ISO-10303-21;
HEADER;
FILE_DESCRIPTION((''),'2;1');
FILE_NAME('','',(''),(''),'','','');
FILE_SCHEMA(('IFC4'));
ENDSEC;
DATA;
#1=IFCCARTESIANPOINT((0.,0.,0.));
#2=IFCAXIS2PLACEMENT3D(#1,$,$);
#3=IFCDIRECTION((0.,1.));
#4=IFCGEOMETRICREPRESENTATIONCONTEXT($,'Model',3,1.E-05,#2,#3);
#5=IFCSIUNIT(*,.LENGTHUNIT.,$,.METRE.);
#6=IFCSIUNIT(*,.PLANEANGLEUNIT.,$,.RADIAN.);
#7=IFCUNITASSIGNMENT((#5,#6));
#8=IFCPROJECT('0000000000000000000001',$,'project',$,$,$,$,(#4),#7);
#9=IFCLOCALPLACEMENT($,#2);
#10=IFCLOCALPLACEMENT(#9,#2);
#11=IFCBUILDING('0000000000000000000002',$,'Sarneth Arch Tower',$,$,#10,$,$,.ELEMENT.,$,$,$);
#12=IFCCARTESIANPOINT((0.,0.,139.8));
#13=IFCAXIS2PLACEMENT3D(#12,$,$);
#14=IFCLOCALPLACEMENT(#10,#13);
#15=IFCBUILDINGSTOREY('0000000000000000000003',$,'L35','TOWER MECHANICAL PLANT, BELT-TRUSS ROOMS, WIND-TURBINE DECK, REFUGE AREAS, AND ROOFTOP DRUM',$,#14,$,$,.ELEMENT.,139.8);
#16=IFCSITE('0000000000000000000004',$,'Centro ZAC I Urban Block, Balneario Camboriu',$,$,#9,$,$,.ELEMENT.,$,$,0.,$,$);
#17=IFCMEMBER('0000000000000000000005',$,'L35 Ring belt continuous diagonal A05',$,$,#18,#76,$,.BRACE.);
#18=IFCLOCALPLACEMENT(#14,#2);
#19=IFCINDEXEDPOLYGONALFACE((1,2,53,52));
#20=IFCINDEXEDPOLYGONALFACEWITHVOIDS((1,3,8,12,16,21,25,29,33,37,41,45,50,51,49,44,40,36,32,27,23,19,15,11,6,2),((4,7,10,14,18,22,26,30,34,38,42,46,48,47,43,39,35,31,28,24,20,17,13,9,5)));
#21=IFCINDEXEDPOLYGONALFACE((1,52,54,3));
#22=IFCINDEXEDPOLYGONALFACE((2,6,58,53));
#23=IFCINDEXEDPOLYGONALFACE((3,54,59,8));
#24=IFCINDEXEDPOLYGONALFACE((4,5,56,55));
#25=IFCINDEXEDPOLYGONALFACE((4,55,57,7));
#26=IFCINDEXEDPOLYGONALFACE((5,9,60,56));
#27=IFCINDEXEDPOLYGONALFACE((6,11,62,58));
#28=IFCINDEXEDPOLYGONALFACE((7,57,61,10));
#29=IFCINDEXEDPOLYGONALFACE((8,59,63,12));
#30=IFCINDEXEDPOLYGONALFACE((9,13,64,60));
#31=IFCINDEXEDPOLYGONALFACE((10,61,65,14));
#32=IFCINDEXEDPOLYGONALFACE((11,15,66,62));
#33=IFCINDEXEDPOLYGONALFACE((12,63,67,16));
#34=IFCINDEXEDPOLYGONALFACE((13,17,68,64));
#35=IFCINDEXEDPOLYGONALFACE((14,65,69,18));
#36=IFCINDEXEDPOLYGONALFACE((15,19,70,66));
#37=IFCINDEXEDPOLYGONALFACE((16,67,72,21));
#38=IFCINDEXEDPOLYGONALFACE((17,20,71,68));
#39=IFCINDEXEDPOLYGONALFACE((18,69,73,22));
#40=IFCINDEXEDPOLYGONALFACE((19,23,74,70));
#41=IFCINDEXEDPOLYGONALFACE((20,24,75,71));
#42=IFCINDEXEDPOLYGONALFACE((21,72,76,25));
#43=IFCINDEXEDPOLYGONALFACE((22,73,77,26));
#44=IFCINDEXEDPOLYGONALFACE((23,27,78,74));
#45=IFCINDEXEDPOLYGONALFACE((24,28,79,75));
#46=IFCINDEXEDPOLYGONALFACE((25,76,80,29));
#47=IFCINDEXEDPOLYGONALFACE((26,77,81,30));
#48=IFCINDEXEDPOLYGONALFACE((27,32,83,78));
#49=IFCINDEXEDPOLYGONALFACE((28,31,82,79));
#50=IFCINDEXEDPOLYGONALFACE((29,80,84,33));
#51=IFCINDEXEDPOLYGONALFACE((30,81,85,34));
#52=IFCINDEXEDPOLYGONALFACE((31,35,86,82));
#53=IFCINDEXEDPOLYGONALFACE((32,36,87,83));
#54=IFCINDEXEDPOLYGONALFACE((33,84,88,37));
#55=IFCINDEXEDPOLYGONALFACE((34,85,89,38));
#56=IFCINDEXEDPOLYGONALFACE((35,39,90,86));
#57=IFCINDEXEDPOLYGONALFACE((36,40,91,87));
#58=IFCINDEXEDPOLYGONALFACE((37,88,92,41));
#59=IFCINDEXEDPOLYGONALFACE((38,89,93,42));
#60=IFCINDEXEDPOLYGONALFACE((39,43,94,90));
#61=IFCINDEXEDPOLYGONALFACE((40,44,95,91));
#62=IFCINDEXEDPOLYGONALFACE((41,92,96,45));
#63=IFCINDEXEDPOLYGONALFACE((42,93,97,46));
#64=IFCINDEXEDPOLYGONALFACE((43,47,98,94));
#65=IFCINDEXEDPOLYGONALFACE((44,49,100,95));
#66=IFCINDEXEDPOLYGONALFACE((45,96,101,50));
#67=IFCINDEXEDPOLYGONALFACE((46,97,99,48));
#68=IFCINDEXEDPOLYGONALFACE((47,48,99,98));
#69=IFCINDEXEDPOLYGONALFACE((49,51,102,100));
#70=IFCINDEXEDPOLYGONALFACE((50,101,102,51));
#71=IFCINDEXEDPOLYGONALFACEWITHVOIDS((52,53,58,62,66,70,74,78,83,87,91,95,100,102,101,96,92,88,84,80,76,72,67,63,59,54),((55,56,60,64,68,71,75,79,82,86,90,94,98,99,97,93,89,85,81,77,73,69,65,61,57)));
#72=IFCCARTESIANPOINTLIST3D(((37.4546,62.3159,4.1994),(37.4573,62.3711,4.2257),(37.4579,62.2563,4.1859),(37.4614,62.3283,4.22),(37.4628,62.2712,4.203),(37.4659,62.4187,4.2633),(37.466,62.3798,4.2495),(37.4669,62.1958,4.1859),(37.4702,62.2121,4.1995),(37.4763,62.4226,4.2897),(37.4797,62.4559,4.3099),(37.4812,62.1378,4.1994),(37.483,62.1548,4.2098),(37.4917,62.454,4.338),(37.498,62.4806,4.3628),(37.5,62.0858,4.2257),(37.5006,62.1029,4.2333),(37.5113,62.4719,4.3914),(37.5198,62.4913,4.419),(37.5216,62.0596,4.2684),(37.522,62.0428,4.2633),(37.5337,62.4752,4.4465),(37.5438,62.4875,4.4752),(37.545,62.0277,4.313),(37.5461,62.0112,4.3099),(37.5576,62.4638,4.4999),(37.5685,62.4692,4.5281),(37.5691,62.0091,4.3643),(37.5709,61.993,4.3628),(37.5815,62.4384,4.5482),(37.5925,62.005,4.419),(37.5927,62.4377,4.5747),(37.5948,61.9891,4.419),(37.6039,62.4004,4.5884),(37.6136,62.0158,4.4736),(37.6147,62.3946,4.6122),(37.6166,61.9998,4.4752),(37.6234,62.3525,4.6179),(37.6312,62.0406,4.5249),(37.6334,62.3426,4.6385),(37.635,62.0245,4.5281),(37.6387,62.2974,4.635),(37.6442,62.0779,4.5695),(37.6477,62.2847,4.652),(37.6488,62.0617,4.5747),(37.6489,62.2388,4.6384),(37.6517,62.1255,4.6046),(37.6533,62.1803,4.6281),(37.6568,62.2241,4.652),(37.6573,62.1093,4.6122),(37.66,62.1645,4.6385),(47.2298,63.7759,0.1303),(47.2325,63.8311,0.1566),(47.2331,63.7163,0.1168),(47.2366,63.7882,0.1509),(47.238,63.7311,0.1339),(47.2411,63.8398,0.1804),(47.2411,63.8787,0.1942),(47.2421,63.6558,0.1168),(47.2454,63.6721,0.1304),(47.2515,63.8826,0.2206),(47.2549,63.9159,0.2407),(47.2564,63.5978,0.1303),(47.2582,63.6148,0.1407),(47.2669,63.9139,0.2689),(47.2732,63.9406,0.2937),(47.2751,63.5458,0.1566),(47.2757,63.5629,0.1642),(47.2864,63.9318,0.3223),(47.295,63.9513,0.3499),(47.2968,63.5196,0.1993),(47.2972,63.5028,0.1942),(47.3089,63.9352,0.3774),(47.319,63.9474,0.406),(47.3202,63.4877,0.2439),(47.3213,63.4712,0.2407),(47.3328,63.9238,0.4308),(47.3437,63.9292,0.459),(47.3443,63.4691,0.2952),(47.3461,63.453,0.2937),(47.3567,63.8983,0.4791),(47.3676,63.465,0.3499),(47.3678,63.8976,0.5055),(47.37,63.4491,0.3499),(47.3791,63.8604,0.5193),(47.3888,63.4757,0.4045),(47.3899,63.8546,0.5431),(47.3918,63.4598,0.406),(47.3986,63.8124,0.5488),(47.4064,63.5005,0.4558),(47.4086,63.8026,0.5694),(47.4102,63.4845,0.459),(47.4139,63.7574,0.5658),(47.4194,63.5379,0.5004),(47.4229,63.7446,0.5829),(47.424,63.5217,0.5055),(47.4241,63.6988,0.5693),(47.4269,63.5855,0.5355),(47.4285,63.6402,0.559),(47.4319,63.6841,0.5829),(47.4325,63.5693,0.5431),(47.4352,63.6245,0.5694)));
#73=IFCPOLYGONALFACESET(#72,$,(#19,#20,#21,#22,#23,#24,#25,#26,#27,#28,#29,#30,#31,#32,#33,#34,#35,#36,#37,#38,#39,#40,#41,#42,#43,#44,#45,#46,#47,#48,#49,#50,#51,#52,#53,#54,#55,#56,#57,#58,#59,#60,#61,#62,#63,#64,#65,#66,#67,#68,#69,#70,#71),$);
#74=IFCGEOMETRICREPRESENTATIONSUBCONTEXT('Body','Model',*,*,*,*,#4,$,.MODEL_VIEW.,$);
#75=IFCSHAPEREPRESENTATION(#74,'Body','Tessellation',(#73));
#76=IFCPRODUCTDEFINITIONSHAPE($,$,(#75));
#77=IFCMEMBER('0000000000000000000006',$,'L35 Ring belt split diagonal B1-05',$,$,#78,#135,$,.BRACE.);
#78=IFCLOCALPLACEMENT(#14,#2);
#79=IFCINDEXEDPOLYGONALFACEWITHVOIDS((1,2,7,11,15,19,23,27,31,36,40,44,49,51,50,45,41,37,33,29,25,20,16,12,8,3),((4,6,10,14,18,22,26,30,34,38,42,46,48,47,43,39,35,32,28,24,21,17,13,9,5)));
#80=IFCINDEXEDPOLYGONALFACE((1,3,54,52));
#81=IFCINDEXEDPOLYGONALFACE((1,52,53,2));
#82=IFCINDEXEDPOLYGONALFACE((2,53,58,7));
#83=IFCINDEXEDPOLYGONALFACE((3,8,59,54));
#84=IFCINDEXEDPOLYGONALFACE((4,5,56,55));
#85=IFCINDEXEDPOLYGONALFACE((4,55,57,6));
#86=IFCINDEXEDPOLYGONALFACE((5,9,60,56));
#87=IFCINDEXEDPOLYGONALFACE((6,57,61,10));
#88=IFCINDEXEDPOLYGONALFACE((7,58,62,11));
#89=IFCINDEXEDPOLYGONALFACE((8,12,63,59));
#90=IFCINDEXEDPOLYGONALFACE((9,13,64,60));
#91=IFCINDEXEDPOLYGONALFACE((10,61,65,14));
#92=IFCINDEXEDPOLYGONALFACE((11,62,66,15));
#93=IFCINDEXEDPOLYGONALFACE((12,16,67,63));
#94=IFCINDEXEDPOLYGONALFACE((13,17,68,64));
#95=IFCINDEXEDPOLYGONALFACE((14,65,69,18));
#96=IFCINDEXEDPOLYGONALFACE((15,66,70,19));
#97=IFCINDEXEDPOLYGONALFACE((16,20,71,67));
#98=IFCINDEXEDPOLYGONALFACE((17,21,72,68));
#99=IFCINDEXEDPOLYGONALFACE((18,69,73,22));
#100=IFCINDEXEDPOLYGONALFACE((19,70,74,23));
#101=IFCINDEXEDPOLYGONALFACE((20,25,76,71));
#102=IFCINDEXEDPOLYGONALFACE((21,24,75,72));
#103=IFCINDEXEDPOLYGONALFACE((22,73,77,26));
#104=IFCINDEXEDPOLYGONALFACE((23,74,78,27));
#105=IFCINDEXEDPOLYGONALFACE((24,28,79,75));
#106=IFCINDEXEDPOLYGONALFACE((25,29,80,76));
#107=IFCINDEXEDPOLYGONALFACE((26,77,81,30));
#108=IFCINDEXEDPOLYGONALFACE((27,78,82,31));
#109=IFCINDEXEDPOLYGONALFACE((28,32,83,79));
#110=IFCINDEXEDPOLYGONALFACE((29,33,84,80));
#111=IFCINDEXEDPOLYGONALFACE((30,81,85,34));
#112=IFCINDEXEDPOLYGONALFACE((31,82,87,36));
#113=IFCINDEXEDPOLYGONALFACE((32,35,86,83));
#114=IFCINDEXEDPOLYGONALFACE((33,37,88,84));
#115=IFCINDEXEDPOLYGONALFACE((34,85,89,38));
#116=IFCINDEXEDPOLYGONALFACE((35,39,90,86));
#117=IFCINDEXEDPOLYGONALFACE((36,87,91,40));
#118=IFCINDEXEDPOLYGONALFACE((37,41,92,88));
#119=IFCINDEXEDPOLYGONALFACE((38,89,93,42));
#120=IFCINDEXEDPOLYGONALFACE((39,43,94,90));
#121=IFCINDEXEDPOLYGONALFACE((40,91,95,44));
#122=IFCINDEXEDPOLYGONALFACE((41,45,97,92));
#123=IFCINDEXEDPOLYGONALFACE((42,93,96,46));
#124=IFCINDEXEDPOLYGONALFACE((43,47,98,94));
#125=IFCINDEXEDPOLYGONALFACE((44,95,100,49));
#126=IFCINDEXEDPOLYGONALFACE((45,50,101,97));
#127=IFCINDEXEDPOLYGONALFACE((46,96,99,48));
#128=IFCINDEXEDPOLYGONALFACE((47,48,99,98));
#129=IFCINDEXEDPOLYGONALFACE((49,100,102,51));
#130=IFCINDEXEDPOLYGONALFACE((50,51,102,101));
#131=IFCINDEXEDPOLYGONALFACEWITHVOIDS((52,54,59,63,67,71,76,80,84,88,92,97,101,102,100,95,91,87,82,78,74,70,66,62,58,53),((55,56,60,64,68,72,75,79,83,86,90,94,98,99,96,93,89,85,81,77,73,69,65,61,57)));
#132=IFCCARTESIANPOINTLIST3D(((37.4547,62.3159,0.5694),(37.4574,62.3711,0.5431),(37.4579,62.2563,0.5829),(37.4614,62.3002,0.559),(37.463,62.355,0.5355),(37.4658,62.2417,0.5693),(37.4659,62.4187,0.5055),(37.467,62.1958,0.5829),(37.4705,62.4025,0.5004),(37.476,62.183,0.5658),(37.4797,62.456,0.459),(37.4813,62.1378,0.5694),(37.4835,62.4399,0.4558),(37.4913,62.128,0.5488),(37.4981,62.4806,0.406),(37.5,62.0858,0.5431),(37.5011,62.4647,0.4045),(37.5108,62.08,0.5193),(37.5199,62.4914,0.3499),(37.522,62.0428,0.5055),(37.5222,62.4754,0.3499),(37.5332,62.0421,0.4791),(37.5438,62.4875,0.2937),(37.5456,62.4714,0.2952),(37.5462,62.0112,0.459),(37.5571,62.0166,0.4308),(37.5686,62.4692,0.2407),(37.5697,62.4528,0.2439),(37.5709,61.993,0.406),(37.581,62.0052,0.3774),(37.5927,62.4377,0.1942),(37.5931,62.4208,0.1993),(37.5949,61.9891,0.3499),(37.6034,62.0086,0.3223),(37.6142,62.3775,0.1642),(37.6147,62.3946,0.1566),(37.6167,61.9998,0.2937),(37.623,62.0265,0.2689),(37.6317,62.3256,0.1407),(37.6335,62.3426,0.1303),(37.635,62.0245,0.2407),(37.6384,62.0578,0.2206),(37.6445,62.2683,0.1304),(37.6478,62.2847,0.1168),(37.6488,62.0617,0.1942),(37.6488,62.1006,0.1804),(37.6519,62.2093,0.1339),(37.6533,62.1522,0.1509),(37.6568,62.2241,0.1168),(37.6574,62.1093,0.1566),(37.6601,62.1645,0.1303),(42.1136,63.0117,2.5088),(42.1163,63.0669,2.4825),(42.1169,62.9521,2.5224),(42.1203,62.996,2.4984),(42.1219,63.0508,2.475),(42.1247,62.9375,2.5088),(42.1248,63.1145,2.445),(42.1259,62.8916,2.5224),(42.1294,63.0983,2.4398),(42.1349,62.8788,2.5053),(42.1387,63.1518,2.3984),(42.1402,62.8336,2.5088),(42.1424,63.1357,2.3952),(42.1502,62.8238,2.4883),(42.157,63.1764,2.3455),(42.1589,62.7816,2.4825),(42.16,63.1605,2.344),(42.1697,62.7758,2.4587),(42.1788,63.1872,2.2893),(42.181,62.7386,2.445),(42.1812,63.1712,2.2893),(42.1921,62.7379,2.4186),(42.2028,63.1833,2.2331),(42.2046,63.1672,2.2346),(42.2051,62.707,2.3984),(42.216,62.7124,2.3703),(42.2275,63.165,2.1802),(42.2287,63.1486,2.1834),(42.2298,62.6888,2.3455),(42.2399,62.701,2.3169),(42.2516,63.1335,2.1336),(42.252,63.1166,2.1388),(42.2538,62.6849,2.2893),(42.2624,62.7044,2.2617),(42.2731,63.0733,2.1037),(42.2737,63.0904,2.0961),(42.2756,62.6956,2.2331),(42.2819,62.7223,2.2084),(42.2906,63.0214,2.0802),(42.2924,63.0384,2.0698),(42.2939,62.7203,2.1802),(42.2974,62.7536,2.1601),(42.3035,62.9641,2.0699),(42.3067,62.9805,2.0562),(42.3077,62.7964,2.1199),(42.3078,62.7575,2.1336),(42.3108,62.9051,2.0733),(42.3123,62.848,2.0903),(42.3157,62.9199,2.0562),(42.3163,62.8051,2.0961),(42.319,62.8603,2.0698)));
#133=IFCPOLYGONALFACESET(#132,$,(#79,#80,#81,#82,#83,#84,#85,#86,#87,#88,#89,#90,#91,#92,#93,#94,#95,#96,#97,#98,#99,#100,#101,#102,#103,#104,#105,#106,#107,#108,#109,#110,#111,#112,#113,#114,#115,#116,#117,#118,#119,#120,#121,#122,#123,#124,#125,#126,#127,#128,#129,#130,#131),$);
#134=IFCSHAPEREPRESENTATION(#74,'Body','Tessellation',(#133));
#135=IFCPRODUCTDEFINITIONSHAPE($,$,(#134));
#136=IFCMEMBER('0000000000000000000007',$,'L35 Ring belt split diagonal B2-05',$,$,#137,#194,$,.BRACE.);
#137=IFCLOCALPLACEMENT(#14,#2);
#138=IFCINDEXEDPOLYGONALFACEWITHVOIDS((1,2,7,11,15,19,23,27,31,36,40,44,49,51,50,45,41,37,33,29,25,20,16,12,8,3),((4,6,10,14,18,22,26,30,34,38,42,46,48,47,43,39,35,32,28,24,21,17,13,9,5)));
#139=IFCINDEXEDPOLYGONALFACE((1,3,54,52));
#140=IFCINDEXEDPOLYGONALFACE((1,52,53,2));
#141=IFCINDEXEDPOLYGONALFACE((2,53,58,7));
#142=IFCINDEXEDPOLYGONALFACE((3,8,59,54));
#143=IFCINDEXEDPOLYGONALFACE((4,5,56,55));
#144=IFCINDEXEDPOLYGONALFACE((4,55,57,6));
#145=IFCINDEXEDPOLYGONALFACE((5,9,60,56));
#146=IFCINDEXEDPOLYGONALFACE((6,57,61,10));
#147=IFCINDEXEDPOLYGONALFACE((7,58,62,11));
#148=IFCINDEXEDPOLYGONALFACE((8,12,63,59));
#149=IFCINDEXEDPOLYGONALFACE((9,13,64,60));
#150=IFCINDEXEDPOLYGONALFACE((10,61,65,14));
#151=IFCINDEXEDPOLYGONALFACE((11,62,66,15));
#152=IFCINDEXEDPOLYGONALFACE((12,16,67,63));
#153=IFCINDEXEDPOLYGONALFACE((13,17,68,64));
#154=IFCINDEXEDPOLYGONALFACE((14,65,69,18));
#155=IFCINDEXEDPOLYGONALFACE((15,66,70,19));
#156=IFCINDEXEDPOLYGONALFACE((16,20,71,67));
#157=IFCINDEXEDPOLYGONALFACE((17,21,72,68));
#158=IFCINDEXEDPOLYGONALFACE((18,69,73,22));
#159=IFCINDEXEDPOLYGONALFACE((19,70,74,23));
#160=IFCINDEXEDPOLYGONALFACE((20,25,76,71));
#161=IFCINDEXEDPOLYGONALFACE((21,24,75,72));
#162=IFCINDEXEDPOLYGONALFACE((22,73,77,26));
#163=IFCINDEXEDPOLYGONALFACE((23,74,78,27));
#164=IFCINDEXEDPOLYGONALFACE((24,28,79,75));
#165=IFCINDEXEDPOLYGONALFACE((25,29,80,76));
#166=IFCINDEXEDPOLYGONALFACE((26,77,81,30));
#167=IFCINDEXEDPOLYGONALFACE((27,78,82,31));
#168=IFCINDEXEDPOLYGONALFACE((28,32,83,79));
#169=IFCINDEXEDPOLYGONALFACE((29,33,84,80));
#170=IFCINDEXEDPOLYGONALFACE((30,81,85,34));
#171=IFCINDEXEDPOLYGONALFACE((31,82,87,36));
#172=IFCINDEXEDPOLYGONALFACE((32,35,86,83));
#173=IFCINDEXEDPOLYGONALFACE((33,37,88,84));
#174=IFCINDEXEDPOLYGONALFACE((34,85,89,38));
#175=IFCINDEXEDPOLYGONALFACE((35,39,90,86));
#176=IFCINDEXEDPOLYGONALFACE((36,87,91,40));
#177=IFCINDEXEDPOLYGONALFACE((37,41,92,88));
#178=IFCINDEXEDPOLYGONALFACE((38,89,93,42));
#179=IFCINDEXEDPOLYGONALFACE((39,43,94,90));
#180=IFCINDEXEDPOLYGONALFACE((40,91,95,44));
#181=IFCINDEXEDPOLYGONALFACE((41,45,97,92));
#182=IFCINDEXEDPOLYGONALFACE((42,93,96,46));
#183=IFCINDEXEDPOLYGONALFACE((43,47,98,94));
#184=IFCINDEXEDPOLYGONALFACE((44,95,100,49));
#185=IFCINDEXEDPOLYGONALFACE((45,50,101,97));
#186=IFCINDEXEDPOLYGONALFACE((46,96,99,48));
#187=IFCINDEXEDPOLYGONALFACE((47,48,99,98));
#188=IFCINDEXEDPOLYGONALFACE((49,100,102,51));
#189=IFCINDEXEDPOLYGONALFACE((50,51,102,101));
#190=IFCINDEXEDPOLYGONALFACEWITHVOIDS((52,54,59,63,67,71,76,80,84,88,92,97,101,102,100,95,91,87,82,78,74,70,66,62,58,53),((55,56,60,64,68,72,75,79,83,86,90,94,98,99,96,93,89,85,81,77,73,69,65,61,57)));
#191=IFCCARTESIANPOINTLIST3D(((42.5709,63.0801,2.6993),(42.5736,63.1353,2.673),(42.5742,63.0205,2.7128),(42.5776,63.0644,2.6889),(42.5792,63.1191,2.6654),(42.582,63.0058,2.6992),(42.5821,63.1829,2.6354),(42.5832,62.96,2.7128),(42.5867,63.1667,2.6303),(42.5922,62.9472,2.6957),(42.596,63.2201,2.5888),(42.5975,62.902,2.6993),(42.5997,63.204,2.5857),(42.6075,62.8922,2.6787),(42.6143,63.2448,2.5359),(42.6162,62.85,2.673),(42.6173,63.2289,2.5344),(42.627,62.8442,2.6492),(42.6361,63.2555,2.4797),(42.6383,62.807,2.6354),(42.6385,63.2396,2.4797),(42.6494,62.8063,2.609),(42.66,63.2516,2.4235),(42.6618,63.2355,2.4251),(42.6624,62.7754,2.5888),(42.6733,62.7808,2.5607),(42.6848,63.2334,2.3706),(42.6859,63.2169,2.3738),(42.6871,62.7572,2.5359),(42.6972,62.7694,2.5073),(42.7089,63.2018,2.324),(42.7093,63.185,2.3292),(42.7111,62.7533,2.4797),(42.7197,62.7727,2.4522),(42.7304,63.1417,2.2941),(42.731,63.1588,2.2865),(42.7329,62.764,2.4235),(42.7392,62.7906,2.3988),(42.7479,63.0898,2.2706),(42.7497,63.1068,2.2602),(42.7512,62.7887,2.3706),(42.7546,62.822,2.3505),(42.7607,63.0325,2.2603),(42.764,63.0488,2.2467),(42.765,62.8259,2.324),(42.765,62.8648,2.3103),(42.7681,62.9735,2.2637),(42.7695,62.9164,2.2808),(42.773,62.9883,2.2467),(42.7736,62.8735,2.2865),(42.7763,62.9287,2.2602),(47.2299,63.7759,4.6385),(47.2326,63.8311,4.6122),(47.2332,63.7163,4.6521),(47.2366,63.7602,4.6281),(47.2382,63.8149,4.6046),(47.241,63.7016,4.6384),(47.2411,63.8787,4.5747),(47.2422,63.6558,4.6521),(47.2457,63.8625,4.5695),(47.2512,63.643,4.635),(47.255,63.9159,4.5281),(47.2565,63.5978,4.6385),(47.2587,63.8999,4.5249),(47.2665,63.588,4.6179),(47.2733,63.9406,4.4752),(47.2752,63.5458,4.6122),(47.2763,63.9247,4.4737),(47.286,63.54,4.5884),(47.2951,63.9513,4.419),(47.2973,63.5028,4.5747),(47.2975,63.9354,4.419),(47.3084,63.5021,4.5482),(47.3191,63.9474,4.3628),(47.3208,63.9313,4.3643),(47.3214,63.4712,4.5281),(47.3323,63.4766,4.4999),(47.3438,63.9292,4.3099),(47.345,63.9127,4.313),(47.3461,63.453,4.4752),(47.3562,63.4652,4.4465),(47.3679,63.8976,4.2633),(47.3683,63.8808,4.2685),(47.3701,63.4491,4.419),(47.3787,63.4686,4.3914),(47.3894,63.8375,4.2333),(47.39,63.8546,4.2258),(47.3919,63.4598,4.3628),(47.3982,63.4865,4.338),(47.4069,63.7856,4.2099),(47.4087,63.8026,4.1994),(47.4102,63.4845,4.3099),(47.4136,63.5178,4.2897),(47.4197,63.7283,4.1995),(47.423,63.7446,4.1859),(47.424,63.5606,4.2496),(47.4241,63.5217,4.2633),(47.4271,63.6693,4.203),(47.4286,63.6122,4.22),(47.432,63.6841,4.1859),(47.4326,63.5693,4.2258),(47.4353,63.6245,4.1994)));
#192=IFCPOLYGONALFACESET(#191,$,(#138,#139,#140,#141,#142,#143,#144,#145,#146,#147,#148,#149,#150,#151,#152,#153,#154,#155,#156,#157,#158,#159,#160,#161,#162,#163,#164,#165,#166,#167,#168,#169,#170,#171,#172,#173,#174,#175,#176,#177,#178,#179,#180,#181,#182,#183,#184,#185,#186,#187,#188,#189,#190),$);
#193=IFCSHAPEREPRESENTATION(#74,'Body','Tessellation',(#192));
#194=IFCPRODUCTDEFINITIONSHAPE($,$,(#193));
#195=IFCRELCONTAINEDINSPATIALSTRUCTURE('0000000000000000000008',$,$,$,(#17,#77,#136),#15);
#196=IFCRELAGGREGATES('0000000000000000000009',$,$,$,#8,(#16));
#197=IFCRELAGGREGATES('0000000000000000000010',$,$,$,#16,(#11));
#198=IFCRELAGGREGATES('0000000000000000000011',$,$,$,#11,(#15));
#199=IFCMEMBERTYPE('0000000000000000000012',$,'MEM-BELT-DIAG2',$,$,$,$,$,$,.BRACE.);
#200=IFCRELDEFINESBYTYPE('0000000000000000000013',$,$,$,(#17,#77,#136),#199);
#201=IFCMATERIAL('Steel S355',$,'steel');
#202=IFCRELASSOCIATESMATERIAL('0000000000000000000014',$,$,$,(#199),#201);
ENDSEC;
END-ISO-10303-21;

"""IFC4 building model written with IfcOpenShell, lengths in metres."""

from ifc_helpers import new_model, si_unit, direction, frame, origin, origin_2d, place, context, subcontext, project, spatial, hollow_circle, extrude, material, material_profile, profile_set, type_object, element, save


model = new_model("IFC4")

# Units and contexts
model_context = context("Model", 3, precision=1e-05, world=origin(), true_north=direction((0.0, 1.0)))
body_context = subcontext(model_context, "Body", "Model", "MODEL_VIEW")
ifc_project = project(units=[si_unit("LENGTHUNIT", "METRE"), si_unit("PLANEANGLEUNIT", "RADIAN")], contexts=[model_context])

# Site, building, storey
site_placement = place(None, origin())
site = spatial("IfcSite", under=ifc_project, at=site_placement, Name="Centro ZAC I Urban Block, Balneario Camboriu", CompositionType="ELEMENT", RefElevation=0.0)
building_placement = place(site_placement, origin())
building = spatial("IfcBuilding", under=site, at=building_placement, Name="Sarneth Arch Tower", CompositionType="ELEMENT")
storey_placement = place(building_placement, frame((0.0, 0.0, 139.8)))
storey = spatial("IfcBuildingStorey", under=building, at=storey_placement, Name="L35", Description="TOWER MECHANICAL PLANT, BELT-TRUSS ROOMS, WIND-TURBINE DECK, REFUGE AREAS, AND ROOFTOP DRUM", CompositionType="ELEMENT", Elevation=139.8)

# Members
ifc_material_1 = material(Name="Steel S355", Category="steel")
ifc_material_profile_1 = material_profile(ifc_material_1, hollow_circle(Radius=0.2539, WallThickness=0.0161, at=origin_2d()), Name="CHS508x16")
ifc_profile_set_1 = profile_set([ifc_material_profile_1], Name="Steel S355")
member_type_1 = type_object("IfcMemberType", Name="MEM-BELT-DIAG2", PredefinedType="BRACE", material=ifc_profile_set_1)
member_1_placement = place(storey_placement, frame((47.3325, 63.7002, 0.3499), z_axis=(-0.914554, -0.136593, 0.380701), x_axis=(0.147716, -0.98903, 0.0)))
element("IfcMember", 1, at=member_1_placement, inside=storey, type_object=member_type_1, Name="L35 Ring belt continuous diagonal A05", PredefinedType="BRACE", context=body_context, shape_type="SweptSolid", body=[
    extrude(hollow_circle(Radius=0.2539, WallThickness=0.0161, at=origin_2d()), origin(), (0.0, 0.0, 1.0), 10.6885),
])
for number, where, z_axis, x_axis, name in (
    (2, (37.5574, 62.2402, 0.3499), (0.914549, 0.136586, 0.380715), (-0.147709, 0.989031, 0.0), "L35 Ring belt split diagonal B1-05"),
    (3, (42.6736, 63.0044, 2.4797), (0.914566, 0.136588, 0.380674), (-0.147709, 0.989031, 0.0), "L35 Ring belt split diagonal B2-05"),
):
    element("IfcMember", number, at=place(storey_placement, frame(where, z_axis=z_axis, x_axis=x_axis)), inside=storey, type_object=member_type_1, Name=name, PredefinedType="BRACE", context=body_context, shape_type="SweptSolid", body=[
        extrude(hollow_circle(Radius=0.2539, WallThickness=0.0161, at=origin_2d()), origin(), (0.0, 0.0, 1.0), 5.0942),
    ])

save(model, "model.ifc")
